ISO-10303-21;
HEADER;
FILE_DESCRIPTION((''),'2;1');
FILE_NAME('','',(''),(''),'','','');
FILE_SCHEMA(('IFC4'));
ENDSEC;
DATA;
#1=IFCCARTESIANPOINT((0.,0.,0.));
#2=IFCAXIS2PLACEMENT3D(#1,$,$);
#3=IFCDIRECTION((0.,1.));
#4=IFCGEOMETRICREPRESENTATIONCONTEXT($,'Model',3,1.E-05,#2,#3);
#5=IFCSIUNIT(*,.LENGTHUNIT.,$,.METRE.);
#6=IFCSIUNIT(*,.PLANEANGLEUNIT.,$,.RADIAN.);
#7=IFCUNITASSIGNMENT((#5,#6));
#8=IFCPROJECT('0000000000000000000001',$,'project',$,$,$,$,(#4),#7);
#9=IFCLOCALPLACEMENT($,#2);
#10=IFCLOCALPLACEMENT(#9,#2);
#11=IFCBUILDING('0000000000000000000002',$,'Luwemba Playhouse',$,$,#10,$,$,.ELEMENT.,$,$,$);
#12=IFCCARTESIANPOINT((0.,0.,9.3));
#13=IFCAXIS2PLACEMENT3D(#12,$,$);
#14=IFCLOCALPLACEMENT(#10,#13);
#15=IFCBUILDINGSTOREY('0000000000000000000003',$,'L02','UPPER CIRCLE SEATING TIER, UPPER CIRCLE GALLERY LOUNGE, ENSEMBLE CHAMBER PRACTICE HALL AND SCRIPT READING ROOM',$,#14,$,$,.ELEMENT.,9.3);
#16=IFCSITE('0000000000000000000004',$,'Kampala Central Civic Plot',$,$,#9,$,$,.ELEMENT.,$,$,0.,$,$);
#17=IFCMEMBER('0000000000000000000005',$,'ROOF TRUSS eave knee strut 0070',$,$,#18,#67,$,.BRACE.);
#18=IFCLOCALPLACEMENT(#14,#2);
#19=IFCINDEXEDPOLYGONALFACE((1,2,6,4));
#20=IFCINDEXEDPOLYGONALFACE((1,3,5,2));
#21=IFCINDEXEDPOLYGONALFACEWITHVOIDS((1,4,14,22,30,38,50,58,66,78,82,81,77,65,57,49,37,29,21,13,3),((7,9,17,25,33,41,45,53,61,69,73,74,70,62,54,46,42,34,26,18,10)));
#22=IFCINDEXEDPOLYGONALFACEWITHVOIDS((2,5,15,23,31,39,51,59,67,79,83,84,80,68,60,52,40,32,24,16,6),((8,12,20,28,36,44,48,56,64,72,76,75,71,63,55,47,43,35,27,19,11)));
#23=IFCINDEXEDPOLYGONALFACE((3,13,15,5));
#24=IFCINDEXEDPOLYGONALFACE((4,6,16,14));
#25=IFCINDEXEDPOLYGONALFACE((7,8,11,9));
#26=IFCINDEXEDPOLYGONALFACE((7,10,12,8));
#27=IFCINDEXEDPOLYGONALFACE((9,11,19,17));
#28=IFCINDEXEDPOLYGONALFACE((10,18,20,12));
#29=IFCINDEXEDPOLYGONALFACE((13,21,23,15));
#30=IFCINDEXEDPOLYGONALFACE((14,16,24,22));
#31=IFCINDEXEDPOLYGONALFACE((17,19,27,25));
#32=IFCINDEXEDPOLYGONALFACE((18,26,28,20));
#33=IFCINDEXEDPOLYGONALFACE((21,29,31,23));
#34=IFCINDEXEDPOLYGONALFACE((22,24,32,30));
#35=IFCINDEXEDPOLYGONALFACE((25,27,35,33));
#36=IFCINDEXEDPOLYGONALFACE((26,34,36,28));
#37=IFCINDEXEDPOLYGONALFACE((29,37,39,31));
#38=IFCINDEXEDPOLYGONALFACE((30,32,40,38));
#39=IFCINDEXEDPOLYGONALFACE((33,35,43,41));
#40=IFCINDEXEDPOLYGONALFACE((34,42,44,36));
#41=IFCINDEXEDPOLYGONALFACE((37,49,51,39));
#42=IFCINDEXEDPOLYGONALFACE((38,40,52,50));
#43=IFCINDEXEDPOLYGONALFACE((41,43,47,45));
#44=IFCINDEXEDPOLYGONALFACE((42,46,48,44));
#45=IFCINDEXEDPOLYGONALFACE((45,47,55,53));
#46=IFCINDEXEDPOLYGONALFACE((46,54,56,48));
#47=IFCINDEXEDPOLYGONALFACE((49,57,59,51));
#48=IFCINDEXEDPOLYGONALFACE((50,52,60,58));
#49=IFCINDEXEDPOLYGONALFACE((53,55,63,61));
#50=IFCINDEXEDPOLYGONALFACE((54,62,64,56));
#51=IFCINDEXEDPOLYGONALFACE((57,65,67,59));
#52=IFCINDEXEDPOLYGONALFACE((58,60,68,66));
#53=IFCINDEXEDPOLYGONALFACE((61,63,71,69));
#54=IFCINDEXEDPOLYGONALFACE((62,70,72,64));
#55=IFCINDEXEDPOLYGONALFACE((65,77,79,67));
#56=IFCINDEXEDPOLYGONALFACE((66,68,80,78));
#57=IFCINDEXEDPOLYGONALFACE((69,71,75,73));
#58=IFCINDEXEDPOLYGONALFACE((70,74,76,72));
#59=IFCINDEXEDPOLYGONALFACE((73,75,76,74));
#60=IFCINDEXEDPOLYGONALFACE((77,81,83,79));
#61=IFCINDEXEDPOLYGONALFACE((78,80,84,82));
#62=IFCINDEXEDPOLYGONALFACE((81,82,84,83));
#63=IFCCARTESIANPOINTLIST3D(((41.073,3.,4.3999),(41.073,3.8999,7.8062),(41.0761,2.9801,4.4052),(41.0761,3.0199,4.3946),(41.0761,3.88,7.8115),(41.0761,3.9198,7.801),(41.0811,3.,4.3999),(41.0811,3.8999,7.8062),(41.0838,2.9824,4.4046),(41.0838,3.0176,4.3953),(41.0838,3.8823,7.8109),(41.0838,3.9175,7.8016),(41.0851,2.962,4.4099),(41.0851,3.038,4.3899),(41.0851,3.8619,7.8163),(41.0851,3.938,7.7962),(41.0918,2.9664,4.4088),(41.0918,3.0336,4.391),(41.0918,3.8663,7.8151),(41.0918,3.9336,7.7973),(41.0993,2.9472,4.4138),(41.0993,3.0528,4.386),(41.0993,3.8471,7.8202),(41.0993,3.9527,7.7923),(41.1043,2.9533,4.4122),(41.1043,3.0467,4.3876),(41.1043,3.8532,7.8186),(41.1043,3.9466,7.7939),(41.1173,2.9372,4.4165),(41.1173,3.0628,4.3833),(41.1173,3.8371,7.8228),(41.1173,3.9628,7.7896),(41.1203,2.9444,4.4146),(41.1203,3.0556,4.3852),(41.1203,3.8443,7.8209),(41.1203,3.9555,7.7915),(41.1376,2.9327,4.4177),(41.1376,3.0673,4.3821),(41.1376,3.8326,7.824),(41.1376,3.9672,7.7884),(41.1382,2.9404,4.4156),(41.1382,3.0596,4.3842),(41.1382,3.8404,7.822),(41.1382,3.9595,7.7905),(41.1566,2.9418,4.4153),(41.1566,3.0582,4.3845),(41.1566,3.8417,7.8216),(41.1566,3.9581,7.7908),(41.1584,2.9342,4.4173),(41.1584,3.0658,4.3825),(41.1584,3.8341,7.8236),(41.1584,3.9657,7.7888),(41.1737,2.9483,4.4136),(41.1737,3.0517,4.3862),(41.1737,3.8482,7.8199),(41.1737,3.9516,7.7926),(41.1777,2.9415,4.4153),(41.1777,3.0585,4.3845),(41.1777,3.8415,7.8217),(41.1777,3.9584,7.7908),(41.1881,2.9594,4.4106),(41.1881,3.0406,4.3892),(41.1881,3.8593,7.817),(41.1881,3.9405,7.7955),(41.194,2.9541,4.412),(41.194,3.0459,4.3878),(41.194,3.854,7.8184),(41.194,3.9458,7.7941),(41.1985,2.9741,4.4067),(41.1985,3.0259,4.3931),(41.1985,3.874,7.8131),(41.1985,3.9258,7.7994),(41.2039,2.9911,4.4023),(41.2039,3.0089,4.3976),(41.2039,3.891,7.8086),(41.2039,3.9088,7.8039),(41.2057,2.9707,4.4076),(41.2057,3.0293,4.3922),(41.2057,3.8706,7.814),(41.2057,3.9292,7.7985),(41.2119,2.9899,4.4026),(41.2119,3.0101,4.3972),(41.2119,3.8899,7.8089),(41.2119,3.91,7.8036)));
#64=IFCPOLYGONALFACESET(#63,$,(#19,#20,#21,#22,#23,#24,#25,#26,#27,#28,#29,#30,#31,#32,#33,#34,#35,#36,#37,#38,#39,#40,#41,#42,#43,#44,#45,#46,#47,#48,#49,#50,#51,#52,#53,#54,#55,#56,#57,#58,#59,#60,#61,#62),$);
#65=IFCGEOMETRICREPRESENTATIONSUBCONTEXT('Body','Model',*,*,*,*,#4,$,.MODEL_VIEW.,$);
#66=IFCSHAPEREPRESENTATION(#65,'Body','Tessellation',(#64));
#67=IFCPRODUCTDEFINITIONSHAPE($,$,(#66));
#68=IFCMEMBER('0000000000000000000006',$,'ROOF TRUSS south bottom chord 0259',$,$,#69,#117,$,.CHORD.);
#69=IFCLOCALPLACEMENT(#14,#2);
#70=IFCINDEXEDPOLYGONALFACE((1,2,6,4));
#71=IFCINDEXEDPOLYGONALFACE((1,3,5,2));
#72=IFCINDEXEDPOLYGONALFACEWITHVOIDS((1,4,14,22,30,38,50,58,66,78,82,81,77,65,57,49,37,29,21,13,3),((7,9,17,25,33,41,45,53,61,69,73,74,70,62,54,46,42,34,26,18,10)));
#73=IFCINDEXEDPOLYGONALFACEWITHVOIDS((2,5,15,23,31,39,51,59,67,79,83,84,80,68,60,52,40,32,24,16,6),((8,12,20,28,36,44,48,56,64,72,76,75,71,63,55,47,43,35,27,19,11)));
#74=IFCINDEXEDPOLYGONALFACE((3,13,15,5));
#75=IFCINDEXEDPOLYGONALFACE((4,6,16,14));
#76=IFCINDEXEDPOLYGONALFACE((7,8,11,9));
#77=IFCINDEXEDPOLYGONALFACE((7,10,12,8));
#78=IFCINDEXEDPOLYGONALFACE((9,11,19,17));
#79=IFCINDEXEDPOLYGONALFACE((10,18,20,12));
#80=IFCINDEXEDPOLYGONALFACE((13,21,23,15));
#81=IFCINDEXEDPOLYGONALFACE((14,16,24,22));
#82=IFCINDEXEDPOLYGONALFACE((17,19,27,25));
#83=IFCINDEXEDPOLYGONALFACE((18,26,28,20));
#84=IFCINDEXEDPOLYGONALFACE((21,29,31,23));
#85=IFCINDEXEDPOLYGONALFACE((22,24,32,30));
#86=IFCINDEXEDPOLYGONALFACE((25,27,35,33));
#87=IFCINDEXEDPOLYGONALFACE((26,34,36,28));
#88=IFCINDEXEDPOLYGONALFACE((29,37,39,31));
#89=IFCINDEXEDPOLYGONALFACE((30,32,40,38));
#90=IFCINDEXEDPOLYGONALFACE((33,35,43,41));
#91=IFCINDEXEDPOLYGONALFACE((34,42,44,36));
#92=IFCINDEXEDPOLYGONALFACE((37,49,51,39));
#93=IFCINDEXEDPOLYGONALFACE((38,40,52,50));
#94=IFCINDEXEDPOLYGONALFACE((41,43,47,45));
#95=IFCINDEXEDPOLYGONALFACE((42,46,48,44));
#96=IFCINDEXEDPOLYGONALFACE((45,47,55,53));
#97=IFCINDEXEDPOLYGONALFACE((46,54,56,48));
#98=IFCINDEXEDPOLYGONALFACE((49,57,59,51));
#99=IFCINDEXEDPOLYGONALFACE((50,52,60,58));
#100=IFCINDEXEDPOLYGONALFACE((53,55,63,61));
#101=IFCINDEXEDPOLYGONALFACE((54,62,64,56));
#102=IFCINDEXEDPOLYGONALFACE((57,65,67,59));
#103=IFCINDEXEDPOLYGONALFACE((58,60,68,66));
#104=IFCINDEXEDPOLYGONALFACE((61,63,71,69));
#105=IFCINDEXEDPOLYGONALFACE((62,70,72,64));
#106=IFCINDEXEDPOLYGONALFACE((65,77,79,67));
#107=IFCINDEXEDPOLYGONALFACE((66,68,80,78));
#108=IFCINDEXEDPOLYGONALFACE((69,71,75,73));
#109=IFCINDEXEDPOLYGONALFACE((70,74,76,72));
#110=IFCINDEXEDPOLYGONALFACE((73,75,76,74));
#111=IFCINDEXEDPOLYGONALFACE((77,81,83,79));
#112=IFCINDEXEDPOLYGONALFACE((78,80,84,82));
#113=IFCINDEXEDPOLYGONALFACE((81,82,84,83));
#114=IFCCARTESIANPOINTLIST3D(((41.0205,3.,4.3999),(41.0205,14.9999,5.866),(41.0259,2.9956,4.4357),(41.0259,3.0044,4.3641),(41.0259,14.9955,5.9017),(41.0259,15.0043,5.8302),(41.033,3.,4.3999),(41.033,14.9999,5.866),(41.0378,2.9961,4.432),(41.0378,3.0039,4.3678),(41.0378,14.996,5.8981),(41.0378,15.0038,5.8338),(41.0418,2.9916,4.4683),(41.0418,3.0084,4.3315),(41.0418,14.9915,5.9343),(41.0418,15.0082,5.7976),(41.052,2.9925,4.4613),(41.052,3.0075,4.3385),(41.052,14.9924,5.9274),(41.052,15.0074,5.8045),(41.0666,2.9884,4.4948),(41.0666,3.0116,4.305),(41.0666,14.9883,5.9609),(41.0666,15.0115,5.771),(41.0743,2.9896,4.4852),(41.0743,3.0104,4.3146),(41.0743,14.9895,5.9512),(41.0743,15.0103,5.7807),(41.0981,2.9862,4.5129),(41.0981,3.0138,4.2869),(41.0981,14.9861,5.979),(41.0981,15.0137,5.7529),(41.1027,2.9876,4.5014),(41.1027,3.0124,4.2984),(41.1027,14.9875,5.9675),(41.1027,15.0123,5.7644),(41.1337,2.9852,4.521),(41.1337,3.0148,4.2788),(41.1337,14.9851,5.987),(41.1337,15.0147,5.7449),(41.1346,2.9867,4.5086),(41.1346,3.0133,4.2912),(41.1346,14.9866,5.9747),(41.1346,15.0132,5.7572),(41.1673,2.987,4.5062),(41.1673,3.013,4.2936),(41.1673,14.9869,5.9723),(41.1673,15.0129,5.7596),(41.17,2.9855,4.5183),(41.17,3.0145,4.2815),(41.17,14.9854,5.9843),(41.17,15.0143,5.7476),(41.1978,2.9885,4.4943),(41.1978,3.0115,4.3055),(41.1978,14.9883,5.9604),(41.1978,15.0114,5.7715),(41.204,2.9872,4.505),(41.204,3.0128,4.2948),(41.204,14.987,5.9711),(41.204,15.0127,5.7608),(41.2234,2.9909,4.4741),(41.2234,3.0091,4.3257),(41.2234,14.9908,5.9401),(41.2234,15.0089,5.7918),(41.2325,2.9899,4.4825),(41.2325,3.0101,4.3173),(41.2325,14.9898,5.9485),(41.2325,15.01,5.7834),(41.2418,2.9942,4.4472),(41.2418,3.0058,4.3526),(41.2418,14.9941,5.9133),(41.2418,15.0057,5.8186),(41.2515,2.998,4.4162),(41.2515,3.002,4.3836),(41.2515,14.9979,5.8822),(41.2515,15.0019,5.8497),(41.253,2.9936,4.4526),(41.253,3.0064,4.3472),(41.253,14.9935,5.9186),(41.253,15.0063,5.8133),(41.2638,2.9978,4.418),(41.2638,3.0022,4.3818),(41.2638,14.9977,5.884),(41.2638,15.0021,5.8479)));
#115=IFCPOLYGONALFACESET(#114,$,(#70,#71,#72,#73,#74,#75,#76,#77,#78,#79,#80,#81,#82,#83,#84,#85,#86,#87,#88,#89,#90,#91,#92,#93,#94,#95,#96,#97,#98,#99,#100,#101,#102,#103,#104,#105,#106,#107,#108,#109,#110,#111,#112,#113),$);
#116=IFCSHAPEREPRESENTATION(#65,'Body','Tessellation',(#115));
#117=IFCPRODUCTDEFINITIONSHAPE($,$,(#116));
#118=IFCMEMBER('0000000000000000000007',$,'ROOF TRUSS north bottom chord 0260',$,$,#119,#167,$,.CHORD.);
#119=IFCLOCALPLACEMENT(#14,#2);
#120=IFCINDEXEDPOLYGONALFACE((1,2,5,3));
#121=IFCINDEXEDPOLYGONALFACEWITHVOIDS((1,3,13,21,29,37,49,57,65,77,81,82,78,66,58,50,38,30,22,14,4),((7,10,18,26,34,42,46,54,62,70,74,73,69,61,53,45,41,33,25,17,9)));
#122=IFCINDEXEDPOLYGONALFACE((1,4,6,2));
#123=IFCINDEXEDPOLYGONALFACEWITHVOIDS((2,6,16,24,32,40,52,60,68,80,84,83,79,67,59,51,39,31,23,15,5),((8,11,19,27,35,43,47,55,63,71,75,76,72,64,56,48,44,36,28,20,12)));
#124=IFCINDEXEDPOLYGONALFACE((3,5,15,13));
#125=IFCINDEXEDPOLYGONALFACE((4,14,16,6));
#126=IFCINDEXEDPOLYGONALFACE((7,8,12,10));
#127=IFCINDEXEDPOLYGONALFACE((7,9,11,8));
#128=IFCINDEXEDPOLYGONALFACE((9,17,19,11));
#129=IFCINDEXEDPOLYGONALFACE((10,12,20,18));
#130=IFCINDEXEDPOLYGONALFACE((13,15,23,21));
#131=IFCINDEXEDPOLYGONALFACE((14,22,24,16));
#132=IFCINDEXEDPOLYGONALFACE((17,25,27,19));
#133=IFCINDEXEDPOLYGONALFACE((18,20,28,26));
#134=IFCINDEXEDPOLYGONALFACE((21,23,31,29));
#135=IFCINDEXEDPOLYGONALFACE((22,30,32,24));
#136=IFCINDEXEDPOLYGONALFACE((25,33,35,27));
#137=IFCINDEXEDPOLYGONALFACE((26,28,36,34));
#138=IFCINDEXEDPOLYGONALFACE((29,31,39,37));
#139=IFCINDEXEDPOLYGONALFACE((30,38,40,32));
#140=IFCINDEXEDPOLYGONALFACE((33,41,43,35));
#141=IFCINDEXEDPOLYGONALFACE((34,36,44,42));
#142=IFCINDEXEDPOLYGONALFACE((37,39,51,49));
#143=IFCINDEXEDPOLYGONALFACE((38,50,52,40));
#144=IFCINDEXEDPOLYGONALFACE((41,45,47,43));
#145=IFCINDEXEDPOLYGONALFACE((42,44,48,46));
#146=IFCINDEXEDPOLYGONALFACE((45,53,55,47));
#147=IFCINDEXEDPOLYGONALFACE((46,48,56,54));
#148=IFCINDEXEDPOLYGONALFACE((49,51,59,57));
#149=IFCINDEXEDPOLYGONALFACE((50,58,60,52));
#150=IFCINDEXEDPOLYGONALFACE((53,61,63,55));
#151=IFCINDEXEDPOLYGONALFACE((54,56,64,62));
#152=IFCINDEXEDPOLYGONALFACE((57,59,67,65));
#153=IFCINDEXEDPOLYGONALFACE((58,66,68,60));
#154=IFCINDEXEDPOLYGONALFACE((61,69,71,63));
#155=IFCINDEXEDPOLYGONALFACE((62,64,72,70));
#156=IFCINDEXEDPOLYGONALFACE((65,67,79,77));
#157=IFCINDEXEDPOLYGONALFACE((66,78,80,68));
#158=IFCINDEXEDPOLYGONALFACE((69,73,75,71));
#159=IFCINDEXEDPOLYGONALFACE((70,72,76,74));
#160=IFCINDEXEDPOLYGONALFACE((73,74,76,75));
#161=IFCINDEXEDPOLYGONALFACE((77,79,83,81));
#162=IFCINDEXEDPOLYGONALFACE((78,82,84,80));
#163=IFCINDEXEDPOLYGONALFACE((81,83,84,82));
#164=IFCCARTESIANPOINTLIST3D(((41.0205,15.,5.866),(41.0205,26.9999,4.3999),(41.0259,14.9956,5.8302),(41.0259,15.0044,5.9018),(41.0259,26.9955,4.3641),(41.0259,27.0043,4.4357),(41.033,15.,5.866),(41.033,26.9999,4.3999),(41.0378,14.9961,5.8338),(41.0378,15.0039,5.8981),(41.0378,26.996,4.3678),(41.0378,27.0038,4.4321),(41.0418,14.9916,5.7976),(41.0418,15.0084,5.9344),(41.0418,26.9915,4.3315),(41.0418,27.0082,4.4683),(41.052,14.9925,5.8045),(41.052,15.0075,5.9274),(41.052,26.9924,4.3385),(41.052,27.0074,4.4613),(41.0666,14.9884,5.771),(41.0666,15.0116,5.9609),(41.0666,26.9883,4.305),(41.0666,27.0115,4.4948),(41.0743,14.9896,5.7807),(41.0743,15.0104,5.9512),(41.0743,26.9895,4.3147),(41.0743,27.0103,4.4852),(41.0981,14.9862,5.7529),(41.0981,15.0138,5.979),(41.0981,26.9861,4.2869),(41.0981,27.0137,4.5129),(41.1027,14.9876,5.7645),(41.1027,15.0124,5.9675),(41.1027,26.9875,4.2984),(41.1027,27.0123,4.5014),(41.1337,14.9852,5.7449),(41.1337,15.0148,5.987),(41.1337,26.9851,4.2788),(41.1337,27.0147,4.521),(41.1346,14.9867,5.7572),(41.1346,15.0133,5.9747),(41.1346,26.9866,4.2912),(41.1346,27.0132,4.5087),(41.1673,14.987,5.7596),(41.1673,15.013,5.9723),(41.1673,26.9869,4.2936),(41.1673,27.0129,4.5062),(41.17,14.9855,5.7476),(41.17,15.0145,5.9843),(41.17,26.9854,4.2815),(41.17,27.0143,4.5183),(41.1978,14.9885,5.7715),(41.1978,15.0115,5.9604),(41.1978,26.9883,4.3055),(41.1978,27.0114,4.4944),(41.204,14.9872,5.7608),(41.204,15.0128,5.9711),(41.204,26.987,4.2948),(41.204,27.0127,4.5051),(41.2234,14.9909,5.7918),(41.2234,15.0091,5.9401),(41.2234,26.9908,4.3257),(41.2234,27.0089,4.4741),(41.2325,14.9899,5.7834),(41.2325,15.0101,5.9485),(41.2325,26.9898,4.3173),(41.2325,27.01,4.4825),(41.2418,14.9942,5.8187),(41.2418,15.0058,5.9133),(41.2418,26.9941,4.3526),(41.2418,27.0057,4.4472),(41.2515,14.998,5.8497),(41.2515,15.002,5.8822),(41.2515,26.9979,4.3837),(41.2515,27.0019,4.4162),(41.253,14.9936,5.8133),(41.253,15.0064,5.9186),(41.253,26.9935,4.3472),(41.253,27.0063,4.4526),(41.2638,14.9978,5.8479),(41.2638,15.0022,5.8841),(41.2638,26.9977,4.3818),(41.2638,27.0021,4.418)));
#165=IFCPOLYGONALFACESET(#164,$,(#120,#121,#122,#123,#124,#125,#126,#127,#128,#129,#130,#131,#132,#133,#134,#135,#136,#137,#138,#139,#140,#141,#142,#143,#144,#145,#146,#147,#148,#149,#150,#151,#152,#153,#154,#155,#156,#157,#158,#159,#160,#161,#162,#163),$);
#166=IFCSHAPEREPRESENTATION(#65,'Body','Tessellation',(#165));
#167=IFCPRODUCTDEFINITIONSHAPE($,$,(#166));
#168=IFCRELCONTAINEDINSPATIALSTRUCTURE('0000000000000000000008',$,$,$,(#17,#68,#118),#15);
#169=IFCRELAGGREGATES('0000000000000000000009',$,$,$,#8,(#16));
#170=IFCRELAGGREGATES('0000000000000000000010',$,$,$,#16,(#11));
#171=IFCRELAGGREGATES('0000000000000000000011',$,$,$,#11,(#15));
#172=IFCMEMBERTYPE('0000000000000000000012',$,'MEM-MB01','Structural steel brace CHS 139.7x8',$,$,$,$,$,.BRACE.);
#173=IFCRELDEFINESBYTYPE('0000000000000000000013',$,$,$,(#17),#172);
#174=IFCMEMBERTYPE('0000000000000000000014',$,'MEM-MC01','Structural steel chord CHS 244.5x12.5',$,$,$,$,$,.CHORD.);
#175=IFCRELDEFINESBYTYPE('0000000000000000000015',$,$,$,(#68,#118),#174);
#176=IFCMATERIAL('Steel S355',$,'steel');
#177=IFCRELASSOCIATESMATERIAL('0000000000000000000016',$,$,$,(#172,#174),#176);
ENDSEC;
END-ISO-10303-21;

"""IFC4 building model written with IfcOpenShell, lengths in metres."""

from ifc_helpers import new_model, si_unit, direction, frame, origin, origin_2d, place, context, subcontext, project, spatial, hollow_circle, extrude, material, material_profile, profile_set, type_object, element, save


model = new_model("IFC4")

# Units and contexts
model_context = context("Model", 3, precision=1e-05, world=origin(), true_north=direction((0.0, 1.0)))
body_context = subcontext(model_context, "Body", "Model", "MODEL_VIEW")
ifc_project = project(units=[si_unit("LENGTHUNIT", "METRE"), si_unit("PLANEANGLEUNIT", "RADIAN")], contexts=[model_context])

# Site, building, storey
site_placement = place(None, origin())
site = spatial("IfcSite", under=ifc_project, at=site_placement, Name="Kampala Central Civic Plot", CompositionType="ELEMENT", RefElevation=0.0)
building_placement = place(site_placement, origin())
building = spatial("IfcBuilding", under=site, at=building_placement, Name="Luwemba Playhouse", CompositionType="ELEMENT")
storey_placement = place(building_placement, frame((0.0, 0.0, 9.3)))
storey = spatial("IfcBuildingStorey", under=building, at=storey_placement, Name="L02", Description="UPPER CIRCLE SEATING TIER, UPPER CIRCLE GALLERY LOUNGE, ENSEMBLE CHAMBER PRACTICE HALL AND SCRIPT READING ROOM", CompositionType="ELEMENT", Elevation=9.3)

# Shared definitions
ifc_material_1 = material(Name="Steel S355", Category="steel")

# Members
ifc_material_profile_1 = material_profile(ifc_material_1, hollow_circle(Radius=0.0698, WallThickness=0.0081, at=origin_2d()))
ifc_profile_set_1 = profile_set([ifc_material_profile_1], Name="Steel S355")
member_type_1 = type_object("IfcMemberType", Name="MEM-MB01", Description="Structural steel brace CHS 139.7x8", PredefinedType="BRACE", material=ifc_profile_set_1)
member_1_placement = place(storey_placement, frame((41.1428, 3.0, 4.3999), z_axis=(0.0, 0.255428, 0.966828), x_axis=(-1.0, 0.0, 0.0)))
element("IfcMember", 1, at=member_1_placement, inside=storey, type_object=member_type_1, Name="ROOF TRUSS eave knee strut 0070", PredefinedType="BRACE", context=body_context, shape_type="SweptSolid", body=[
    extrude(hollow_circle(Radius=0.0698, WallThickness=0.0081, at=origin_2d()), origin(), (0.0, 0.0, 1.0), 3.5232),
])
ifc_material_profile_2 = material_profile(ifc_material_1, hollow_circle(Radius=0.1223, WallThickness=0.0125, at=origin_2d()))
ifc_profile_set_2 = profile_set([ifc_material_profile_2], Name="Steel S355")
member_type_2 = type_object("IfcMemberType", Name="MEM-MC01", Description="Structural steel chord CHS 244.5x12.5", PredefinedType="CHORD", material=ifc_profile_set_2)
for number, where, z_axis, x_axis, name in (
    (2, (41.1428, 3.0, 4.3999), (0.0, 0.99262, 0.12127), (-1.0, 0.0, 0.0), "ROOF TRUSS south bottom chord 0259"),
    (3, (41.1428, 15.0, 5.866), (0.0, 0.99262, -0.12127), (-1.0, 0.0, 0.0), "ROOF TRUSS north bottom chord 0260"),
):
    element("IfcMember", number, at=place(storey_placement, frame(where, z_axis=z_axis, x_axis=x_axis)), inside=storey, type_object=member_type_2, Name=name, PredefinedType="CHORD", context=body_context, shape_type="SweptSolid", body=[
        extrude(hollow_circle(Radius=0.1223, WallThickness=0.0125, at=origin_2d()), origin(), (0.0, 0.0, 1.0), 12.0891),
    ])

save(model, "model.ifc")
